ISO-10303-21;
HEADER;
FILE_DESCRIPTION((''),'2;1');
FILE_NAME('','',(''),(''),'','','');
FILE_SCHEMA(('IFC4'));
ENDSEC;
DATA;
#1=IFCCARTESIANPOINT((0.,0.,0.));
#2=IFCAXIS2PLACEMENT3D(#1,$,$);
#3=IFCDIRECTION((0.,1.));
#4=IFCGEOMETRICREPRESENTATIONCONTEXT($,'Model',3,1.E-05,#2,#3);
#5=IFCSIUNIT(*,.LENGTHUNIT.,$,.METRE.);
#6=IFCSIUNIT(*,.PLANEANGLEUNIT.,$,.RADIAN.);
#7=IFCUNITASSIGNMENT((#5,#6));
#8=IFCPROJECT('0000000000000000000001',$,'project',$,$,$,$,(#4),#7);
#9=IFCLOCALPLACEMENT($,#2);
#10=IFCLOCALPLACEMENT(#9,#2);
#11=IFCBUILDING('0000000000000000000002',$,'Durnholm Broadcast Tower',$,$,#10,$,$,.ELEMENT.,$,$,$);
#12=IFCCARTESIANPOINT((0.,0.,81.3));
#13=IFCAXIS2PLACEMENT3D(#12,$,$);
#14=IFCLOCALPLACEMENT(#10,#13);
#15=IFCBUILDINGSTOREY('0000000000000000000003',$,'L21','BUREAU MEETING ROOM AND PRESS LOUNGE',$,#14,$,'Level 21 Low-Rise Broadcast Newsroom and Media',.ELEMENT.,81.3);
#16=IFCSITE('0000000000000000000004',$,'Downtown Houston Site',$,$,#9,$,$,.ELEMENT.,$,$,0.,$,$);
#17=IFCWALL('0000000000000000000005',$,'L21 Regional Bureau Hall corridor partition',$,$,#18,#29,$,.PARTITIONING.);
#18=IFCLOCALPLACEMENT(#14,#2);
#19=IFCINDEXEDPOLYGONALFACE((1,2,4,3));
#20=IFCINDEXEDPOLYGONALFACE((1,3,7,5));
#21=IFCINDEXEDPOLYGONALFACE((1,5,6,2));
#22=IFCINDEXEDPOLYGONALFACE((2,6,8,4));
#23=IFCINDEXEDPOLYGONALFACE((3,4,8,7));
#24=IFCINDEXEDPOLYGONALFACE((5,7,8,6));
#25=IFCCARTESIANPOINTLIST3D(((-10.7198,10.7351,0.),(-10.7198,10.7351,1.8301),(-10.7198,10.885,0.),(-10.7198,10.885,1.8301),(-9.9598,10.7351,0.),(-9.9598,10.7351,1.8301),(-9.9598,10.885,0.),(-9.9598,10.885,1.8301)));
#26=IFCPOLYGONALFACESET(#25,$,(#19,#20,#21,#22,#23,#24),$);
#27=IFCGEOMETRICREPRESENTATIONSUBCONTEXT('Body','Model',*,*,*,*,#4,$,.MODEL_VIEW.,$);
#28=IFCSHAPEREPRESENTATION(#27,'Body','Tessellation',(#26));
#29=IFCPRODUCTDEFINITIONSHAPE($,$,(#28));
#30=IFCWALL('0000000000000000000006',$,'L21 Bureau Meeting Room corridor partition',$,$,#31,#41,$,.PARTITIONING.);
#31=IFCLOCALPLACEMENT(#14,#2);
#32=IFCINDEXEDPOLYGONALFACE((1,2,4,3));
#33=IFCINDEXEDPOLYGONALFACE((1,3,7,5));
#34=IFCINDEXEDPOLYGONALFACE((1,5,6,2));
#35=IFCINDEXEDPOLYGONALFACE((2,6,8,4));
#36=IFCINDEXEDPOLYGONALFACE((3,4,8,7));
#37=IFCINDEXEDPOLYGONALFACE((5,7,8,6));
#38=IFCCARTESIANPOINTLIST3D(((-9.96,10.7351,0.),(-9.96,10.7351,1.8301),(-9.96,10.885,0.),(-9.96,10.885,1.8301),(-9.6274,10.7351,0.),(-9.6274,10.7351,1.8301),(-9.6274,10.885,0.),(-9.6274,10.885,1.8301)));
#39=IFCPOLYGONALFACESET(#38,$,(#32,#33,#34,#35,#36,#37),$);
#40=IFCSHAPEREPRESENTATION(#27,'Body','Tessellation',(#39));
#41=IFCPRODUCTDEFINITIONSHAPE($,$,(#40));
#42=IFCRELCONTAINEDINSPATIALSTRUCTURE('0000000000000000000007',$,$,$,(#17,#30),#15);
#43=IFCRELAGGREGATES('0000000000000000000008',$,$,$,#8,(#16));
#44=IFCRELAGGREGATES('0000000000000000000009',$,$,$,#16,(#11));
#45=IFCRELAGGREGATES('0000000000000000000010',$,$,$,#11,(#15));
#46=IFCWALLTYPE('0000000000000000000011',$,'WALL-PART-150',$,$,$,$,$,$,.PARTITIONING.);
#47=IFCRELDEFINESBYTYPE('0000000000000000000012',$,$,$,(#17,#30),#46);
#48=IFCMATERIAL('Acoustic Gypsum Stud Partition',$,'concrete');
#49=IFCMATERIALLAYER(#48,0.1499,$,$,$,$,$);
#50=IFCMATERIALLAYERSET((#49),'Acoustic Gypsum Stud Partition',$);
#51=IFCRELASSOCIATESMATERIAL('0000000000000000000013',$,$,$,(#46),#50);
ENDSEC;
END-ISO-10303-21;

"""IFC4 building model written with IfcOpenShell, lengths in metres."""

from ifc_helpers import new_model, si_unit, direction, frame, frame_2d, origin, place, context, subcontext, project, spatial, rectangle, extrude, material, layer, layer_set, type_object, element, save


model = new_model("IFC4")

# Units and contexts
model_context = context("Model", 3, precision=1e-05, world=origin(), true_north=direction((0.0, 1.0)))
body_context = subcontext(model_context, "Body", "Model", "MODEL_VIEW")
ifc_project = project(units=[si_unit("LENGTHUNIT", "METRE"), si_unit("PLANEANGLEUNIT", "RADIAN")], contexts=[model_context])

# Site, building, storey
site_placement = place(None, origin())
site = spatial("IfcSite", under=ifc_project, at=site_placement, Name="Downtown Houston Site", CompositionType="ELEMENT", RefElevation=0.0)
building_placement = place(site_placement, origin())
building = spatial("IfcBuilding", under=site, at=building_placement, Name="Durnholm Broadcast Tower", CompositionType="ELEMENT")
storey_placement = place(building_placement, frame((0.0, 0.0, 81.3)))
storey = spatial("IfcBuildingStorey", under=building, at=storey_placement, Name="L21", Description="BUREAU MEETING ROOM AND PRESS LOUNGE", LongName="Level 21 Low-Rise Broadcast Newsroom and Media", CompositionType="ELEMENT", Elevation=81.3)

# Walls
ifc_material_1 = material(Name="Acoustic Gypsum Stud Partition", Category="concrete")
ifc_layer_1 = layer(ifc_material_1, 0.1499)
ifc_layer_set_1 = layer_set([ifc_layer_1], Name="Acoustic Gypsum Stud Partition")
wall_type_1 = type_object("IfcWallType", Name="WALL-PART-150", PredefinedType="PARTITIONING", material=ifc_layer_set_1)
wall_1_placement = place(storey_placement, frame((-9.96, 10.8101, 0.0), z_axis=(0.0, 0.0, 1.0), x_axis=(-1.0, 0.0, 0.0)))
element("IfcWall", 1, at=wall_1_placement, inside=storey, type_object=wall_type_1, Name="L21 Regional Bureau Hall corridor partition", PredefinedType="PARTITIONING", context=body_context, shape_type="SweptSolid", body=[
    extrude(rectangle(XDim=0.76, YDim=0.1499, at=frame_2d((0.3799, 0.0))), origin(), (0.0, 0.0, 1.0), 1.8301),
])
wall_2_placement = place(storey_placement, frame((-9.6274, 10.8101, 0.0), z_axis=(0.0, 0.0, 1.0), x_axis=(-1.0, 0.0, 0.0)))
element("IfcWall", 2, at=wall_2_placement, inside=storey, type_object=wall_type_1, Name="L21 Bureau Meeting Room corridor partition", PredefinedType="PARTITIONING", context=body_context, shape_type="SweptSolid", body=[
    extrude(rectangle(XDim=0.3325, YDim=0.1499, at=frame_2d((0.1663, 0.0))), origin(), (0.0, 0.0, 1.0), 1.8301),
])

save(model, "model.ifc")
